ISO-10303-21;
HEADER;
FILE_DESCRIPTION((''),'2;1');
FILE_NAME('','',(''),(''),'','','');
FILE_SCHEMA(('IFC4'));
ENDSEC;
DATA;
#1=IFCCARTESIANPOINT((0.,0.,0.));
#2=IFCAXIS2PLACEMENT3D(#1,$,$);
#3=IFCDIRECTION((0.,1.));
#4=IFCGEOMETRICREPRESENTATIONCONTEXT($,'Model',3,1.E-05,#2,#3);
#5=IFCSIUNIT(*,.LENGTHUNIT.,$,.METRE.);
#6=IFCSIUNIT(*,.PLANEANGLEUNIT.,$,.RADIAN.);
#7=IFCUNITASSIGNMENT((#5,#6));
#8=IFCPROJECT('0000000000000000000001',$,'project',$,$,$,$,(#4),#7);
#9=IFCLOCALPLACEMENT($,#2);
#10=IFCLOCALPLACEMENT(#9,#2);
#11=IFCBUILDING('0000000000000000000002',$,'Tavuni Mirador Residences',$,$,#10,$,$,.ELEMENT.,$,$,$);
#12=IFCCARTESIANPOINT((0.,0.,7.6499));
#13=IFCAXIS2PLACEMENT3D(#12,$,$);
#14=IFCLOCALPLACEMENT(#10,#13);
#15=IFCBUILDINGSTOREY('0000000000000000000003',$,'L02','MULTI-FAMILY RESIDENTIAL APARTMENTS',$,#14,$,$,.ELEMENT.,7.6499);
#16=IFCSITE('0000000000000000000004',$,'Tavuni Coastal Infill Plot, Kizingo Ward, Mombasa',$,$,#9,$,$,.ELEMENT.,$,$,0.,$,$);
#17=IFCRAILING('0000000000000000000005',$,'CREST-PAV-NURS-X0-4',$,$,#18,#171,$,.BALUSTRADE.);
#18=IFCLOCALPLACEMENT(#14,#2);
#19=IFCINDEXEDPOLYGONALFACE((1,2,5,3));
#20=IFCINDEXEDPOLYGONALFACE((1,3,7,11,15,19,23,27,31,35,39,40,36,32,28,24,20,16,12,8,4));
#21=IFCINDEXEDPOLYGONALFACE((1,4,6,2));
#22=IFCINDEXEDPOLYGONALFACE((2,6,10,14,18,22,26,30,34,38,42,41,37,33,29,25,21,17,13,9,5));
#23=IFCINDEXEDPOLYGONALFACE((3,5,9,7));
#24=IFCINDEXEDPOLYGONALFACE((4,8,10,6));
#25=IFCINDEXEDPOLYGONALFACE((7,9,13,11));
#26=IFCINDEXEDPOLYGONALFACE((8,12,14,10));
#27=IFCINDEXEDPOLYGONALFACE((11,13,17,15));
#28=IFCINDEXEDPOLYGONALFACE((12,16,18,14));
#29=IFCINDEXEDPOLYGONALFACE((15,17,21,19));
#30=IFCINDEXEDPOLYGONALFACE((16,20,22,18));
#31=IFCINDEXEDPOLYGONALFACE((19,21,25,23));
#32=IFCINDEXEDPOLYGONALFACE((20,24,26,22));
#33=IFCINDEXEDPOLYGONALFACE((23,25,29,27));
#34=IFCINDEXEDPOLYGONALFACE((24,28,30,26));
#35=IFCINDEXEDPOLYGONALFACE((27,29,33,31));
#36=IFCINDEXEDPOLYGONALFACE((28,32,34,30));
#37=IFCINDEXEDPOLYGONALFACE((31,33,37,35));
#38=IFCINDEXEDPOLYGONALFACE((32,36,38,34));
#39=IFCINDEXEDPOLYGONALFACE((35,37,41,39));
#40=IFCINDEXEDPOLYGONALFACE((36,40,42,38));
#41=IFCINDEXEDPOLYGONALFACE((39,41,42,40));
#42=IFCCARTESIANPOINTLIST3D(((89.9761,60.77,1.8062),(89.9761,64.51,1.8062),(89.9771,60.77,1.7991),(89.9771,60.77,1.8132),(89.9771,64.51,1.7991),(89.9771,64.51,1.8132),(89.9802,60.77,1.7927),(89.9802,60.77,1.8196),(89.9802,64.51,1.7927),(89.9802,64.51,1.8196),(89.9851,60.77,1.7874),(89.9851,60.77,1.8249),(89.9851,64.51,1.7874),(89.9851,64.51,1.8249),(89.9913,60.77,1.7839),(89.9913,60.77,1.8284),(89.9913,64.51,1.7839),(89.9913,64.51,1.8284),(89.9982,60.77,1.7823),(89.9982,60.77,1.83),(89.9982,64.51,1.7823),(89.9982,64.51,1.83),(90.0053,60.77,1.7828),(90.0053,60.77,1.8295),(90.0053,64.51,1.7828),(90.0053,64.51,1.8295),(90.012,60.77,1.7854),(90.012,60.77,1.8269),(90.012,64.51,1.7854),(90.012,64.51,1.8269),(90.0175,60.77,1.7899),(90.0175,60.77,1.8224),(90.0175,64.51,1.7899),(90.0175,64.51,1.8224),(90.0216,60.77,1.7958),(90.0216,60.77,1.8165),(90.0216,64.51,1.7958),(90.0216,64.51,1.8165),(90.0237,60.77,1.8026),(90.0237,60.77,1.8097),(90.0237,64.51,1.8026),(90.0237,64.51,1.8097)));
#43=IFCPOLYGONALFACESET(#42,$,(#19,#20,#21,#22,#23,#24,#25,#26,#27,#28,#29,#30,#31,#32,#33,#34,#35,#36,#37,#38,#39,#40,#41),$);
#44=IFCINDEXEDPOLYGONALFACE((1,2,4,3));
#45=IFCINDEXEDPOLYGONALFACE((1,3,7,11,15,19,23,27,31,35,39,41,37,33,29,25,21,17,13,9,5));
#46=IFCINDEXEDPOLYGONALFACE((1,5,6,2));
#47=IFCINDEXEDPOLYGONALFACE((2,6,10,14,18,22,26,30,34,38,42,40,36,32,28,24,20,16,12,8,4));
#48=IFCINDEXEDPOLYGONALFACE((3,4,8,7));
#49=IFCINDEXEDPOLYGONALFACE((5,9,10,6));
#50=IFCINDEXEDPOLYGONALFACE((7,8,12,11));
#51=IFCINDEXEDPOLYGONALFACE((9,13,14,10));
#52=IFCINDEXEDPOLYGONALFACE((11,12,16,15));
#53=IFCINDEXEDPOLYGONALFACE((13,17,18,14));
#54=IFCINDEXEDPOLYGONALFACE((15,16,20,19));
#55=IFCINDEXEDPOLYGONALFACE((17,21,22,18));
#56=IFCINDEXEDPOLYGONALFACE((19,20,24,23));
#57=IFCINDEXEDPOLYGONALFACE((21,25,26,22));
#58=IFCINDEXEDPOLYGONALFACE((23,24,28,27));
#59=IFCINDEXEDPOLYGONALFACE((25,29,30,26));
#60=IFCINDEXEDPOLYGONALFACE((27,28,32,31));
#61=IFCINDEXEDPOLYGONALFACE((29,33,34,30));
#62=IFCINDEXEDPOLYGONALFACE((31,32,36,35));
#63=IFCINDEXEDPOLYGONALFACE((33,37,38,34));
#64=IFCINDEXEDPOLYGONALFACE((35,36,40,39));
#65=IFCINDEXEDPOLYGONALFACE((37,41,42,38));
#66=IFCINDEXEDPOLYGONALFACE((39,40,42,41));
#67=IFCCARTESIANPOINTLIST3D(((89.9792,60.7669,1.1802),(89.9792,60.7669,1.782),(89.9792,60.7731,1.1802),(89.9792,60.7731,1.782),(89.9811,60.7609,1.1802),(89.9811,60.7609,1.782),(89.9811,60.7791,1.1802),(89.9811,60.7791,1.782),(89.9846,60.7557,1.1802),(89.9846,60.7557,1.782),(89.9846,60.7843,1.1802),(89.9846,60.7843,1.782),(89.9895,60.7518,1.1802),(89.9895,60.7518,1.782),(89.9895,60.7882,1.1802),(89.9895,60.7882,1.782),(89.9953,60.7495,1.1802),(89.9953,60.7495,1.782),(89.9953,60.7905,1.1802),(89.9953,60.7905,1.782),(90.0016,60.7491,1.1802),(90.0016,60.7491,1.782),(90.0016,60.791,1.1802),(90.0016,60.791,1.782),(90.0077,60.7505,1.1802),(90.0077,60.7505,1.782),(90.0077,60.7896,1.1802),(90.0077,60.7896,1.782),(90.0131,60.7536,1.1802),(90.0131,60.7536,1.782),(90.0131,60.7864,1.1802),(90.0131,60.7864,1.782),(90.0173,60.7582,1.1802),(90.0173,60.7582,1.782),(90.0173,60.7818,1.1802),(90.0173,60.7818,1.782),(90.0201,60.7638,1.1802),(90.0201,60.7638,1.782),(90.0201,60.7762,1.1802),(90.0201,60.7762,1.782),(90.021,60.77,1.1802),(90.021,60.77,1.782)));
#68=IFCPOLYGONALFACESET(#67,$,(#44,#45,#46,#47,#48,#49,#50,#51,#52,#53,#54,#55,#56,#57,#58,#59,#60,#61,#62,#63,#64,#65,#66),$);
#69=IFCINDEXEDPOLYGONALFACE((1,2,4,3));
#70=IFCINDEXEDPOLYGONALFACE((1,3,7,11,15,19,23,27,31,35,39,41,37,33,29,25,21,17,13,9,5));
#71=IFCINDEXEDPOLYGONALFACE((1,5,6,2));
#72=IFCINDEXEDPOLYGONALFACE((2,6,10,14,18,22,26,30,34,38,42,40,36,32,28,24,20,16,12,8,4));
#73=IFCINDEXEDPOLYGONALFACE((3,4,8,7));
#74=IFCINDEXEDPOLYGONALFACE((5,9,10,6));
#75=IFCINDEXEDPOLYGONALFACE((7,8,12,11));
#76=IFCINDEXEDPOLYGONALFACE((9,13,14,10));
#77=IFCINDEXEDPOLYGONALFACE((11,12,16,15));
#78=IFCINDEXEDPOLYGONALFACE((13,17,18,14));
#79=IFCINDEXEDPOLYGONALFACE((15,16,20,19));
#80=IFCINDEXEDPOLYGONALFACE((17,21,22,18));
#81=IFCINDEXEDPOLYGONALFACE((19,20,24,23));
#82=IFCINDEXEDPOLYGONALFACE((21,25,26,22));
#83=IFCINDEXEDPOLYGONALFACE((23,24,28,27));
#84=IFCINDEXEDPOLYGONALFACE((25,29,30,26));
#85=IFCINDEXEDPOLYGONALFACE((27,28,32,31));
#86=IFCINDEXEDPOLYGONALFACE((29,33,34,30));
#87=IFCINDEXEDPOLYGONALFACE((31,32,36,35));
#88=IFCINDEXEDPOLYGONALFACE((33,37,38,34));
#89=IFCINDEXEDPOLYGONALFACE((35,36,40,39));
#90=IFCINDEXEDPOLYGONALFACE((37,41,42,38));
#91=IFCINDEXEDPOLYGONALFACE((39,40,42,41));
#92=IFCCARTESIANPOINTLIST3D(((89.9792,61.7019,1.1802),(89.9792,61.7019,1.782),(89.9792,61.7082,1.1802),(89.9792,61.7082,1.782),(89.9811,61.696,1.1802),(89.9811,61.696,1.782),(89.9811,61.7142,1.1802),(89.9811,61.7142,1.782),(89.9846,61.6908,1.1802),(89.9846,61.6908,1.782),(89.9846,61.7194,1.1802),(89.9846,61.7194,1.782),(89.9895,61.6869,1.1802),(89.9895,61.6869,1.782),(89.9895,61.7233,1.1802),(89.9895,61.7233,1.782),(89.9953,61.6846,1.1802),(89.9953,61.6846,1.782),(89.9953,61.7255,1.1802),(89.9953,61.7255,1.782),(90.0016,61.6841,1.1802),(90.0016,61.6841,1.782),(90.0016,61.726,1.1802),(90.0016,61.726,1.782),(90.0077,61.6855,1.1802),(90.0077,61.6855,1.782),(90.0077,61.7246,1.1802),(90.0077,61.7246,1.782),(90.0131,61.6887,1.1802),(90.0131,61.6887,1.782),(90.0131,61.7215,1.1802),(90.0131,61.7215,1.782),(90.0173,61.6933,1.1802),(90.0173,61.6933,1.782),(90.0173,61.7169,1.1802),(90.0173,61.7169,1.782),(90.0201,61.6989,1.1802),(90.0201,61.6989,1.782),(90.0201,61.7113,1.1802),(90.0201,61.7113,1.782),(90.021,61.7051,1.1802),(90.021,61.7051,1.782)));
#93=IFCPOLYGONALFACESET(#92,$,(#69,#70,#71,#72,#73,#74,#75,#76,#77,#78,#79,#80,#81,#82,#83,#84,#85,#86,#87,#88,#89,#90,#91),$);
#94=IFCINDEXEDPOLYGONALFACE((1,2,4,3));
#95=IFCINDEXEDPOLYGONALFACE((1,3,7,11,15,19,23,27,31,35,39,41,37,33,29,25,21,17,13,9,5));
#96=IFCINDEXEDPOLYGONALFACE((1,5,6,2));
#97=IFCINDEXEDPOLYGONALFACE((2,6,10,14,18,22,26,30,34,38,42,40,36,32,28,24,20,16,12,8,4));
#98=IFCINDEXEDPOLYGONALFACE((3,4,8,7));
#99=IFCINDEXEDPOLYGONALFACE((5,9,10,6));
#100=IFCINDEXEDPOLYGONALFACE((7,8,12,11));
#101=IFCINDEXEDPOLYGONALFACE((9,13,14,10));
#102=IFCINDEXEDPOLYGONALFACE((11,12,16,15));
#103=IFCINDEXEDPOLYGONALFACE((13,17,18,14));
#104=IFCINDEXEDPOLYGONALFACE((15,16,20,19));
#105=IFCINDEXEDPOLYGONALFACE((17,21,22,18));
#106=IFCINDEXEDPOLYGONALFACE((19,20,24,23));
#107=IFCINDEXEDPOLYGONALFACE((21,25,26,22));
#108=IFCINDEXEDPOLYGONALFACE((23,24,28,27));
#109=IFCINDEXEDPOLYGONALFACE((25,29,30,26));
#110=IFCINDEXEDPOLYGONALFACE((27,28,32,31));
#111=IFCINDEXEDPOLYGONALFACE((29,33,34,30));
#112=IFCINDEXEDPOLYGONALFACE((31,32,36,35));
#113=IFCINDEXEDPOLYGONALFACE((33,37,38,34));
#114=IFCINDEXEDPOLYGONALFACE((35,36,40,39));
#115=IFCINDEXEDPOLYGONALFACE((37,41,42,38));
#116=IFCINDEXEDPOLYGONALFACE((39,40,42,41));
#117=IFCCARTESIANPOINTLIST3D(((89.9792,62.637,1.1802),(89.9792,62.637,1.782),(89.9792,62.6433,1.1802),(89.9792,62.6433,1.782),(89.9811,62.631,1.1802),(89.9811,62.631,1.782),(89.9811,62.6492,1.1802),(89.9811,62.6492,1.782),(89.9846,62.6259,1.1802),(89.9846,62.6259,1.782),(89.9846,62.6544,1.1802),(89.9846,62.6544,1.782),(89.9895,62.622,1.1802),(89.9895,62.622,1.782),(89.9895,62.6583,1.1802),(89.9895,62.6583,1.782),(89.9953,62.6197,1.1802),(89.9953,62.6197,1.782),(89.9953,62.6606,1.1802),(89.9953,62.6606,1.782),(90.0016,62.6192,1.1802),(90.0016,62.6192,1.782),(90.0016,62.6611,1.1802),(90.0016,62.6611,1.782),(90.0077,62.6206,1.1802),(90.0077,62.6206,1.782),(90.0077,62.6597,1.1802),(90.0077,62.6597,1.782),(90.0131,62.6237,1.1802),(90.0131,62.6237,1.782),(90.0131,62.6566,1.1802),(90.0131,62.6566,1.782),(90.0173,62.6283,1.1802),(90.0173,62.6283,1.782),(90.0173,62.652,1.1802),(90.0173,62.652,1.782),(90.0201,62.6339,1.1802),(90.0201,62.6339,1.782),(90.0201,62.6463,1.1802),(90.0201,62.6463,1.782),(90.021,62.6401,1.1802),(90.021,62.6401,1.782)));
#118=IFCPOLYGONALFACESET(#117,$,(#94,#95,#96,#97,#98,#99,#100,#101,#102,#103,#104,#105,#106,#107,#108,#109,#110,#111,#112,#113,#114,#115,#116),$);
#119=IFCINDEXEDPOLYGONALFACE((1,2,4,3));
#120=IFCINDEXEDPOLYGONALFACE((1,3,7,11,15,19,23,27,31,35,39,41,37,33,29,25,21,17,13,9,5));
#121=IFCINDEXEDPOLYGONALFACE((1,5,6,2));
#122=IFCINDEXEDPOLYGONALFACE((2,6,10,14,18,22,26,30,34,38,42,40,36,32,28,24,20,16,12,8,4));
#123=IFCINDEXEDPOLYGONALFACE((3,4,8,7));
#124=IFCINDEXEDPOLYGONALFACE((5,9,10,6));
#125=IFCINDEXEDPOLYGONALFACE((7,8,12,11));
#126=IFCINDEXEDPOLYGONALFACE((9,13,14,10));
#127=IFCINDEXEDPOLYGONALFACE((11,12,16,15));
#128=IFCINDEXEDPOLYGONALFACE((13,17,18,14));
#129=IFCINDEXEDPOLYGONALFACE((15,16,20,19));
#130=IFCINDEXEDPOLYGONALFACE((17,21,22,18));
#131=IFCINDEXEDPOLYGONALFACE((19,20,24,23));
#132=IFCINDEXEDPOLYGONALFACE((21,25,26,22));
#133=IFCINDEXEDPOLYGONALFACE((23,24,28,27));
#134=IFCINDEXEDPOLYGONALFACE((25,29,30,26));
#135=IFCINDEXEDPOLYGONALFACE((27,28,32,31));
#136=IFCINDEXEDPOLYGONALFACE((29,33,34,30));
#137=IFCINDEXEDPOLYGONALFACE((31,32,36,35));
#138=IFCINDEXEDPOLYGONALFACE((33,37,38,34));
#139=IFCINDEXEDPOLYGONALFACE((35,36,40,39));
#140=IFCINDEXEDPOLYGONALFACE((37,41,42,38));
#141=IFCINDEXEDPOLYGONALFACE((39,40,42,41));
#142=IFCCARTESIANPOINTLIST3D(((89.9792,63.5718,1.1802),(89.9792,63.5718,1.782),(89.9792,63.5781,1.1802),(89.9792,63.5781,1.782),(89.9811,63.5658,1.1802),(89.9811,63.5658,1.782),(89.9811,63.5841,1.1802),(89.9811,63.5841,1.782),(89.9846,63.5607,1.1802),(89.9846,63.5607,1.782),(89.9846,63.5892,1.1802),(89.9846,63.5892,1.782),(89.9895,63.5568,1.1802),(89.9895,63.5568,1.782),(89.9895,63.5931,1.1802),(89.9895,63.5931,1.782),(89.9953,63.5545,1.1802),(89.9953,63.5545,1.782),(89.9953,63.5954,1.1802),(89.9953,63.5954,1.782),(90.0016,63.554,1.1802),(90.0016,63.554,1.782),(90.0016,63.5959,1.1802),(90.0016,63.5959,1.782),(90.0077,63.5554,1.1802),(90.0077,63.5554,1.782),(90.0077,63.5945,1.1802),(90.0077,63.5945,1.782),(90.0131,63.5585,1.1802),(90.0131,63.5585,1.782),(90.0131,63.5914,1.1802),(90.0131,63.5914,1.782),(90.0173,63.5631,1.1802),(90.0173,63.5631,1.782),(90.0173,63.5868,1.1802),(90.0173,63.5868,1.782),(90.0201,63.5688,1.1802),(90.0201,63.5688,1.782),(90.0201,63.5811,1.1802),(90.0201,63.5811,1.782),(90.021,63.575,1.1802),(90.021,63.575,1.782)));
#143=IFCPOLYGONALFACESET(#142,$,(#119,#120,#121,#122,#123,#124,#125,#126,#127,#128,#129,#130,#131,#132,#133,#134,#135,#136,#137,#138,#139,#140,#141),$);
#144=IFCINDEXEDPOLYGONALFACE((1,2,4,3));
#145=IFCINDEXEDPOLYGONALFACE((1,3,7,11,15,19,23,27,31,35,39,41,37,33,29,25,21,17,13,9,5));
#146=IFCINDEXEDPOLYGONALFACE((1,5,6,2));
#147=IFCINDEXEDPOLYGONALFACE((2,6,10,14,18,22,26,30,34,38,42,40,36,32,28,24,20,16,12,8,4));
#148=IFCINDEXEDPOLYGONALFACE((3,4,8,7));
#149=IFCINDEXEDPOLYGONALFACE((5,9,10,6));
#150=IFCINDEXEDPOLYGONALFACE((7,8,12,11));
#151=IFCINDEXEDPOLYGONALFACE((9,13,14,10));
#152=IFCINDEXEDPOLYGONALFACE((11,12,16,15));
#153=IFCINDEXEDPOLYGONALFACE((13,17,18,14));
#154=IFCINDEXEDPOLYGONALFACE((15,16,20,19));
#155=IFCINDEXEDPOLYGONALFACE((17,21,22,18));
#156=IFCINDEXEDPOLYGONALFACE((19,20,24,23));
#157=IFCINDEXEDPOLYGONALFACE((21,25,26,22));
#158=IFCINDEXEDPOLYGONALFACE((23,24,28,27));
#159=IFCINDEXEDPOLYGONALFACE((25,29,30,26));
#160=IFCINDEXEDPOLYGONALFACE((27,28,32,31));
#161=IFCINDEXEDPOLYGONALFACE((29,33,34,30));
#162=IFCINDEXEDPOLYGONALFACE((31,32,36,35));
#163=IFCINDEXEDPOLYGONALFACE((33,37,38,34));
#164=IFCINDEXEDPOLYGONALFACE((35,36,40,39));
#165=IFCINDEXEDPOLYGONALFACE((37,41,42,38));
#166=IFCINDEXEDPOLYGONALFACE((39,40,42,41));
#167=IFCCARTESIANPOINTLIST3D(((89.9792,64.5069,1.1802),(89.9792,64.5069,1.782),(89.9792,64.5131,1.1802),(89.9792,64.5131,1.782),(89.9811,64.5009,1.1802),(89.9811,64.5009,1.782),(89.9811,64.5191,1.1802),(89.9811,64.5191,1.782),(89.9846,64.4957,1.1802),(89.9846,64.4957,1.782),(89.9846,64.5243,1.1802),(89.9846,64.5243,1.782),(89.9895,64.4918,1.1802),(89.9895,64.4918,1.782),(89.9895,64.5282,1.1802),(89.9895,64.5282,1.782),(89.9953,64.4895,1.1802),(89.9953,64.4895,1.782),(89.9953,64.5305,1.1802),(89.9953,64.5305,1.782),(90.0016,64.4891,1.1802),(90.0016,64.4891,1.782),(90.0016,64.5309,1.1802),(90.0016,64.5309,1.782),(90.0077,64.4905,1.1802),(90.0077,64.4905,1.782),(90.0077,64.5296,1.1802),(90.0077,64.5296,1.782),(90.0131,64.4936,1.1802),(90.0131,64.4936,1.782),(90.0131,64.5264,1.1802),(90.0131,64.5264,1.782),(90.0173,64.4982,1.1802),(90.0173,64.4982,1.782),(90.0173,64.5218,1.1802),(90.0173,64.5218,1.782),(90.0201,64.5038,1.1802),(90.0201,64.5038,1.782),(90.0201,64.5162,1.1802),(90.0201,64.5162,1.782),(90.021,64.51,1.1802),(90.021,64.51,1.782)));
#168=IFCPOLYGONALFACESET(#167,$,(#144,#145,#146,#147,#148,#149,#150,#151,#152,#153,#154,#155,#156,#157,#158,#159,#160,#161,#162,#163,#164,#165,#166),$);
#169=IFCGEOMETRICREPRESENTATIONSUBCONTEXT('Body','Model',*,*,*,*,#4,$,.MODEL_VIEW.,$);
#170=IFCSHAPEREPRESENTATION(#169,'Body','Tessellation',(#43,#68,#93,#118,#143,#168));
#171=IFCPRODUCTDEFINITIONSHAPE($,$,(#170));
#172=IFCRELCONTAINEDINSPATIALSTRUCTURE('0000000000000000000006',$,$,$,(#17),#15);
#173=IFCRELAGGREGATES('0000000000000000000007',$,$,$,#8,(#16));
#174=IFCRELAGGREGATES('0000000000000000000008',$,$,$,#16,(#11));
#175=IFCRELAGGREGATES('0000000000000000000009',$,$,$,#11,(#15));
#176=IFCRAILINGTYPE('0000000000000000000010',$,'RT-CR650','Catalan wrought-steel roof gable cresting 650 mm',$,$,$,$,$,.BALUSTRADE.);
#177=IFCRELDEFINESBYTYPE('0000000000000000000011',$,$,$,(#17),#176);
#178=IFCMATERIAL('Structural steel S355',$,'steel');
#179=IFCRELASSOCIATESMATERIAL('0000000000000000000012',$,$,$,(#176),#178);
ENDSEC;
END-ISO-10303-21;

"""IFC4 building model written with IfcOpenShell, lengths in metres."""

from ifc_helpers import new_model, si_unit, direction, frame, origin, origin_2d, place, context, subcontext, project, spatial, circle, extrude, material, type_object, element, save


model = new_model("IFC4")

# Units and contexts
model_context = context("Model", 3, precision=1e-05, world=origin(), true_north=direction((0.0, 1.0)))
body_context = subcontext(model_context, "Body", "Model", "MODEL_VIEW")
ifc_project = project(units=[si_unit("LENGTHUNIT", "METRE"), si_unit("PLANEANGLEUNIT", "RADIAN")], contexts=[model_context])

# Site, building, storey
site_placement = place(None, origin())
site = spatial("IfcSite", under=ifc_project, at=site_placement, Name="Tavuni Coastal Infill Plot, Kizingo Ward, Mombasa", CompositionType="ELEMENT", RefElevation=0.0)
building_placement = place(site_placement, origin())
building = spatial("IfcBuilding", under=site, at=building_placement, Name="Tavuni Mirador Residences", CompositionType="ELEMENT")
storey_placement = place(building_placement, frame((0.0, 0.0, 7.6499)))
storey = spatial("IfcBuildingStorey", under=building, at=storey_placement, Name="L02", Description="MULTI-FAMILY RESIDENTIAL APARTMENTS", CompositionType="ELEMENT", Elevation=7.6499)

# Shared definitions
ifc_material_1 = material(Name="Structural steel S355", Category="steel")

# Railing
railing_type = type_object("IfcRailingType", Name="RT-CR650", Description="Catalan wrought-steel roof gable cresting 650 mm", PredefinedType="BALUSTRADE", material=ifc_material_1)
for number, where, name in (
    (1, (90.0, 60.77, 1.1802), "CREST-PAV-NURS-X0-4"),
):
    element("IfcRailing", number, at=place(storey_placement, frame(where)), inside=storey, type_object=railing_type, Name=name, PredefinedType="BALUSTRADE", context=body_context, shape_type="SweptSolid", body=[
        extrude(circle(Radius=0.0239, at=origin_2d()), frame((0.0, 0.0, 0.626), z_axis=(0.0, 1.0, 0.0), x_axis=(-1.0, 0.0, 0.0)), (0.0, 0.0, 1.0), 3.74),
        extrude(circle(Radius=0.021, at=origin_2d()), origin(), (0.0, 0.0, 1.0), 0.6018),
        extrude(circle(Radius=0.021, at=origin_2d()), frame((0.0, 0.9351, 0.0)), (0.0, 0.0, 1.0), 0.6018),
        extrude(circle(Radius=0.021, at=origin_2d()), frame((0.0, 1.8701, 0.0)), (0.0, 0.0, 1.0), 0.6018),
        extrude(circle(Radius=0.021, at=origin_2d()), frame((0.0, 2.8049, 0.0)), (0.0, 0.0, 1.0), 0.6018),
        extrude(circle(Radius=0.021, at=origin_2d()), frame((0.0, 3.74, 0.0)), (0.0, 0.0, 1.0), 0.6018),
    ])

save(model, "model.ifc")
